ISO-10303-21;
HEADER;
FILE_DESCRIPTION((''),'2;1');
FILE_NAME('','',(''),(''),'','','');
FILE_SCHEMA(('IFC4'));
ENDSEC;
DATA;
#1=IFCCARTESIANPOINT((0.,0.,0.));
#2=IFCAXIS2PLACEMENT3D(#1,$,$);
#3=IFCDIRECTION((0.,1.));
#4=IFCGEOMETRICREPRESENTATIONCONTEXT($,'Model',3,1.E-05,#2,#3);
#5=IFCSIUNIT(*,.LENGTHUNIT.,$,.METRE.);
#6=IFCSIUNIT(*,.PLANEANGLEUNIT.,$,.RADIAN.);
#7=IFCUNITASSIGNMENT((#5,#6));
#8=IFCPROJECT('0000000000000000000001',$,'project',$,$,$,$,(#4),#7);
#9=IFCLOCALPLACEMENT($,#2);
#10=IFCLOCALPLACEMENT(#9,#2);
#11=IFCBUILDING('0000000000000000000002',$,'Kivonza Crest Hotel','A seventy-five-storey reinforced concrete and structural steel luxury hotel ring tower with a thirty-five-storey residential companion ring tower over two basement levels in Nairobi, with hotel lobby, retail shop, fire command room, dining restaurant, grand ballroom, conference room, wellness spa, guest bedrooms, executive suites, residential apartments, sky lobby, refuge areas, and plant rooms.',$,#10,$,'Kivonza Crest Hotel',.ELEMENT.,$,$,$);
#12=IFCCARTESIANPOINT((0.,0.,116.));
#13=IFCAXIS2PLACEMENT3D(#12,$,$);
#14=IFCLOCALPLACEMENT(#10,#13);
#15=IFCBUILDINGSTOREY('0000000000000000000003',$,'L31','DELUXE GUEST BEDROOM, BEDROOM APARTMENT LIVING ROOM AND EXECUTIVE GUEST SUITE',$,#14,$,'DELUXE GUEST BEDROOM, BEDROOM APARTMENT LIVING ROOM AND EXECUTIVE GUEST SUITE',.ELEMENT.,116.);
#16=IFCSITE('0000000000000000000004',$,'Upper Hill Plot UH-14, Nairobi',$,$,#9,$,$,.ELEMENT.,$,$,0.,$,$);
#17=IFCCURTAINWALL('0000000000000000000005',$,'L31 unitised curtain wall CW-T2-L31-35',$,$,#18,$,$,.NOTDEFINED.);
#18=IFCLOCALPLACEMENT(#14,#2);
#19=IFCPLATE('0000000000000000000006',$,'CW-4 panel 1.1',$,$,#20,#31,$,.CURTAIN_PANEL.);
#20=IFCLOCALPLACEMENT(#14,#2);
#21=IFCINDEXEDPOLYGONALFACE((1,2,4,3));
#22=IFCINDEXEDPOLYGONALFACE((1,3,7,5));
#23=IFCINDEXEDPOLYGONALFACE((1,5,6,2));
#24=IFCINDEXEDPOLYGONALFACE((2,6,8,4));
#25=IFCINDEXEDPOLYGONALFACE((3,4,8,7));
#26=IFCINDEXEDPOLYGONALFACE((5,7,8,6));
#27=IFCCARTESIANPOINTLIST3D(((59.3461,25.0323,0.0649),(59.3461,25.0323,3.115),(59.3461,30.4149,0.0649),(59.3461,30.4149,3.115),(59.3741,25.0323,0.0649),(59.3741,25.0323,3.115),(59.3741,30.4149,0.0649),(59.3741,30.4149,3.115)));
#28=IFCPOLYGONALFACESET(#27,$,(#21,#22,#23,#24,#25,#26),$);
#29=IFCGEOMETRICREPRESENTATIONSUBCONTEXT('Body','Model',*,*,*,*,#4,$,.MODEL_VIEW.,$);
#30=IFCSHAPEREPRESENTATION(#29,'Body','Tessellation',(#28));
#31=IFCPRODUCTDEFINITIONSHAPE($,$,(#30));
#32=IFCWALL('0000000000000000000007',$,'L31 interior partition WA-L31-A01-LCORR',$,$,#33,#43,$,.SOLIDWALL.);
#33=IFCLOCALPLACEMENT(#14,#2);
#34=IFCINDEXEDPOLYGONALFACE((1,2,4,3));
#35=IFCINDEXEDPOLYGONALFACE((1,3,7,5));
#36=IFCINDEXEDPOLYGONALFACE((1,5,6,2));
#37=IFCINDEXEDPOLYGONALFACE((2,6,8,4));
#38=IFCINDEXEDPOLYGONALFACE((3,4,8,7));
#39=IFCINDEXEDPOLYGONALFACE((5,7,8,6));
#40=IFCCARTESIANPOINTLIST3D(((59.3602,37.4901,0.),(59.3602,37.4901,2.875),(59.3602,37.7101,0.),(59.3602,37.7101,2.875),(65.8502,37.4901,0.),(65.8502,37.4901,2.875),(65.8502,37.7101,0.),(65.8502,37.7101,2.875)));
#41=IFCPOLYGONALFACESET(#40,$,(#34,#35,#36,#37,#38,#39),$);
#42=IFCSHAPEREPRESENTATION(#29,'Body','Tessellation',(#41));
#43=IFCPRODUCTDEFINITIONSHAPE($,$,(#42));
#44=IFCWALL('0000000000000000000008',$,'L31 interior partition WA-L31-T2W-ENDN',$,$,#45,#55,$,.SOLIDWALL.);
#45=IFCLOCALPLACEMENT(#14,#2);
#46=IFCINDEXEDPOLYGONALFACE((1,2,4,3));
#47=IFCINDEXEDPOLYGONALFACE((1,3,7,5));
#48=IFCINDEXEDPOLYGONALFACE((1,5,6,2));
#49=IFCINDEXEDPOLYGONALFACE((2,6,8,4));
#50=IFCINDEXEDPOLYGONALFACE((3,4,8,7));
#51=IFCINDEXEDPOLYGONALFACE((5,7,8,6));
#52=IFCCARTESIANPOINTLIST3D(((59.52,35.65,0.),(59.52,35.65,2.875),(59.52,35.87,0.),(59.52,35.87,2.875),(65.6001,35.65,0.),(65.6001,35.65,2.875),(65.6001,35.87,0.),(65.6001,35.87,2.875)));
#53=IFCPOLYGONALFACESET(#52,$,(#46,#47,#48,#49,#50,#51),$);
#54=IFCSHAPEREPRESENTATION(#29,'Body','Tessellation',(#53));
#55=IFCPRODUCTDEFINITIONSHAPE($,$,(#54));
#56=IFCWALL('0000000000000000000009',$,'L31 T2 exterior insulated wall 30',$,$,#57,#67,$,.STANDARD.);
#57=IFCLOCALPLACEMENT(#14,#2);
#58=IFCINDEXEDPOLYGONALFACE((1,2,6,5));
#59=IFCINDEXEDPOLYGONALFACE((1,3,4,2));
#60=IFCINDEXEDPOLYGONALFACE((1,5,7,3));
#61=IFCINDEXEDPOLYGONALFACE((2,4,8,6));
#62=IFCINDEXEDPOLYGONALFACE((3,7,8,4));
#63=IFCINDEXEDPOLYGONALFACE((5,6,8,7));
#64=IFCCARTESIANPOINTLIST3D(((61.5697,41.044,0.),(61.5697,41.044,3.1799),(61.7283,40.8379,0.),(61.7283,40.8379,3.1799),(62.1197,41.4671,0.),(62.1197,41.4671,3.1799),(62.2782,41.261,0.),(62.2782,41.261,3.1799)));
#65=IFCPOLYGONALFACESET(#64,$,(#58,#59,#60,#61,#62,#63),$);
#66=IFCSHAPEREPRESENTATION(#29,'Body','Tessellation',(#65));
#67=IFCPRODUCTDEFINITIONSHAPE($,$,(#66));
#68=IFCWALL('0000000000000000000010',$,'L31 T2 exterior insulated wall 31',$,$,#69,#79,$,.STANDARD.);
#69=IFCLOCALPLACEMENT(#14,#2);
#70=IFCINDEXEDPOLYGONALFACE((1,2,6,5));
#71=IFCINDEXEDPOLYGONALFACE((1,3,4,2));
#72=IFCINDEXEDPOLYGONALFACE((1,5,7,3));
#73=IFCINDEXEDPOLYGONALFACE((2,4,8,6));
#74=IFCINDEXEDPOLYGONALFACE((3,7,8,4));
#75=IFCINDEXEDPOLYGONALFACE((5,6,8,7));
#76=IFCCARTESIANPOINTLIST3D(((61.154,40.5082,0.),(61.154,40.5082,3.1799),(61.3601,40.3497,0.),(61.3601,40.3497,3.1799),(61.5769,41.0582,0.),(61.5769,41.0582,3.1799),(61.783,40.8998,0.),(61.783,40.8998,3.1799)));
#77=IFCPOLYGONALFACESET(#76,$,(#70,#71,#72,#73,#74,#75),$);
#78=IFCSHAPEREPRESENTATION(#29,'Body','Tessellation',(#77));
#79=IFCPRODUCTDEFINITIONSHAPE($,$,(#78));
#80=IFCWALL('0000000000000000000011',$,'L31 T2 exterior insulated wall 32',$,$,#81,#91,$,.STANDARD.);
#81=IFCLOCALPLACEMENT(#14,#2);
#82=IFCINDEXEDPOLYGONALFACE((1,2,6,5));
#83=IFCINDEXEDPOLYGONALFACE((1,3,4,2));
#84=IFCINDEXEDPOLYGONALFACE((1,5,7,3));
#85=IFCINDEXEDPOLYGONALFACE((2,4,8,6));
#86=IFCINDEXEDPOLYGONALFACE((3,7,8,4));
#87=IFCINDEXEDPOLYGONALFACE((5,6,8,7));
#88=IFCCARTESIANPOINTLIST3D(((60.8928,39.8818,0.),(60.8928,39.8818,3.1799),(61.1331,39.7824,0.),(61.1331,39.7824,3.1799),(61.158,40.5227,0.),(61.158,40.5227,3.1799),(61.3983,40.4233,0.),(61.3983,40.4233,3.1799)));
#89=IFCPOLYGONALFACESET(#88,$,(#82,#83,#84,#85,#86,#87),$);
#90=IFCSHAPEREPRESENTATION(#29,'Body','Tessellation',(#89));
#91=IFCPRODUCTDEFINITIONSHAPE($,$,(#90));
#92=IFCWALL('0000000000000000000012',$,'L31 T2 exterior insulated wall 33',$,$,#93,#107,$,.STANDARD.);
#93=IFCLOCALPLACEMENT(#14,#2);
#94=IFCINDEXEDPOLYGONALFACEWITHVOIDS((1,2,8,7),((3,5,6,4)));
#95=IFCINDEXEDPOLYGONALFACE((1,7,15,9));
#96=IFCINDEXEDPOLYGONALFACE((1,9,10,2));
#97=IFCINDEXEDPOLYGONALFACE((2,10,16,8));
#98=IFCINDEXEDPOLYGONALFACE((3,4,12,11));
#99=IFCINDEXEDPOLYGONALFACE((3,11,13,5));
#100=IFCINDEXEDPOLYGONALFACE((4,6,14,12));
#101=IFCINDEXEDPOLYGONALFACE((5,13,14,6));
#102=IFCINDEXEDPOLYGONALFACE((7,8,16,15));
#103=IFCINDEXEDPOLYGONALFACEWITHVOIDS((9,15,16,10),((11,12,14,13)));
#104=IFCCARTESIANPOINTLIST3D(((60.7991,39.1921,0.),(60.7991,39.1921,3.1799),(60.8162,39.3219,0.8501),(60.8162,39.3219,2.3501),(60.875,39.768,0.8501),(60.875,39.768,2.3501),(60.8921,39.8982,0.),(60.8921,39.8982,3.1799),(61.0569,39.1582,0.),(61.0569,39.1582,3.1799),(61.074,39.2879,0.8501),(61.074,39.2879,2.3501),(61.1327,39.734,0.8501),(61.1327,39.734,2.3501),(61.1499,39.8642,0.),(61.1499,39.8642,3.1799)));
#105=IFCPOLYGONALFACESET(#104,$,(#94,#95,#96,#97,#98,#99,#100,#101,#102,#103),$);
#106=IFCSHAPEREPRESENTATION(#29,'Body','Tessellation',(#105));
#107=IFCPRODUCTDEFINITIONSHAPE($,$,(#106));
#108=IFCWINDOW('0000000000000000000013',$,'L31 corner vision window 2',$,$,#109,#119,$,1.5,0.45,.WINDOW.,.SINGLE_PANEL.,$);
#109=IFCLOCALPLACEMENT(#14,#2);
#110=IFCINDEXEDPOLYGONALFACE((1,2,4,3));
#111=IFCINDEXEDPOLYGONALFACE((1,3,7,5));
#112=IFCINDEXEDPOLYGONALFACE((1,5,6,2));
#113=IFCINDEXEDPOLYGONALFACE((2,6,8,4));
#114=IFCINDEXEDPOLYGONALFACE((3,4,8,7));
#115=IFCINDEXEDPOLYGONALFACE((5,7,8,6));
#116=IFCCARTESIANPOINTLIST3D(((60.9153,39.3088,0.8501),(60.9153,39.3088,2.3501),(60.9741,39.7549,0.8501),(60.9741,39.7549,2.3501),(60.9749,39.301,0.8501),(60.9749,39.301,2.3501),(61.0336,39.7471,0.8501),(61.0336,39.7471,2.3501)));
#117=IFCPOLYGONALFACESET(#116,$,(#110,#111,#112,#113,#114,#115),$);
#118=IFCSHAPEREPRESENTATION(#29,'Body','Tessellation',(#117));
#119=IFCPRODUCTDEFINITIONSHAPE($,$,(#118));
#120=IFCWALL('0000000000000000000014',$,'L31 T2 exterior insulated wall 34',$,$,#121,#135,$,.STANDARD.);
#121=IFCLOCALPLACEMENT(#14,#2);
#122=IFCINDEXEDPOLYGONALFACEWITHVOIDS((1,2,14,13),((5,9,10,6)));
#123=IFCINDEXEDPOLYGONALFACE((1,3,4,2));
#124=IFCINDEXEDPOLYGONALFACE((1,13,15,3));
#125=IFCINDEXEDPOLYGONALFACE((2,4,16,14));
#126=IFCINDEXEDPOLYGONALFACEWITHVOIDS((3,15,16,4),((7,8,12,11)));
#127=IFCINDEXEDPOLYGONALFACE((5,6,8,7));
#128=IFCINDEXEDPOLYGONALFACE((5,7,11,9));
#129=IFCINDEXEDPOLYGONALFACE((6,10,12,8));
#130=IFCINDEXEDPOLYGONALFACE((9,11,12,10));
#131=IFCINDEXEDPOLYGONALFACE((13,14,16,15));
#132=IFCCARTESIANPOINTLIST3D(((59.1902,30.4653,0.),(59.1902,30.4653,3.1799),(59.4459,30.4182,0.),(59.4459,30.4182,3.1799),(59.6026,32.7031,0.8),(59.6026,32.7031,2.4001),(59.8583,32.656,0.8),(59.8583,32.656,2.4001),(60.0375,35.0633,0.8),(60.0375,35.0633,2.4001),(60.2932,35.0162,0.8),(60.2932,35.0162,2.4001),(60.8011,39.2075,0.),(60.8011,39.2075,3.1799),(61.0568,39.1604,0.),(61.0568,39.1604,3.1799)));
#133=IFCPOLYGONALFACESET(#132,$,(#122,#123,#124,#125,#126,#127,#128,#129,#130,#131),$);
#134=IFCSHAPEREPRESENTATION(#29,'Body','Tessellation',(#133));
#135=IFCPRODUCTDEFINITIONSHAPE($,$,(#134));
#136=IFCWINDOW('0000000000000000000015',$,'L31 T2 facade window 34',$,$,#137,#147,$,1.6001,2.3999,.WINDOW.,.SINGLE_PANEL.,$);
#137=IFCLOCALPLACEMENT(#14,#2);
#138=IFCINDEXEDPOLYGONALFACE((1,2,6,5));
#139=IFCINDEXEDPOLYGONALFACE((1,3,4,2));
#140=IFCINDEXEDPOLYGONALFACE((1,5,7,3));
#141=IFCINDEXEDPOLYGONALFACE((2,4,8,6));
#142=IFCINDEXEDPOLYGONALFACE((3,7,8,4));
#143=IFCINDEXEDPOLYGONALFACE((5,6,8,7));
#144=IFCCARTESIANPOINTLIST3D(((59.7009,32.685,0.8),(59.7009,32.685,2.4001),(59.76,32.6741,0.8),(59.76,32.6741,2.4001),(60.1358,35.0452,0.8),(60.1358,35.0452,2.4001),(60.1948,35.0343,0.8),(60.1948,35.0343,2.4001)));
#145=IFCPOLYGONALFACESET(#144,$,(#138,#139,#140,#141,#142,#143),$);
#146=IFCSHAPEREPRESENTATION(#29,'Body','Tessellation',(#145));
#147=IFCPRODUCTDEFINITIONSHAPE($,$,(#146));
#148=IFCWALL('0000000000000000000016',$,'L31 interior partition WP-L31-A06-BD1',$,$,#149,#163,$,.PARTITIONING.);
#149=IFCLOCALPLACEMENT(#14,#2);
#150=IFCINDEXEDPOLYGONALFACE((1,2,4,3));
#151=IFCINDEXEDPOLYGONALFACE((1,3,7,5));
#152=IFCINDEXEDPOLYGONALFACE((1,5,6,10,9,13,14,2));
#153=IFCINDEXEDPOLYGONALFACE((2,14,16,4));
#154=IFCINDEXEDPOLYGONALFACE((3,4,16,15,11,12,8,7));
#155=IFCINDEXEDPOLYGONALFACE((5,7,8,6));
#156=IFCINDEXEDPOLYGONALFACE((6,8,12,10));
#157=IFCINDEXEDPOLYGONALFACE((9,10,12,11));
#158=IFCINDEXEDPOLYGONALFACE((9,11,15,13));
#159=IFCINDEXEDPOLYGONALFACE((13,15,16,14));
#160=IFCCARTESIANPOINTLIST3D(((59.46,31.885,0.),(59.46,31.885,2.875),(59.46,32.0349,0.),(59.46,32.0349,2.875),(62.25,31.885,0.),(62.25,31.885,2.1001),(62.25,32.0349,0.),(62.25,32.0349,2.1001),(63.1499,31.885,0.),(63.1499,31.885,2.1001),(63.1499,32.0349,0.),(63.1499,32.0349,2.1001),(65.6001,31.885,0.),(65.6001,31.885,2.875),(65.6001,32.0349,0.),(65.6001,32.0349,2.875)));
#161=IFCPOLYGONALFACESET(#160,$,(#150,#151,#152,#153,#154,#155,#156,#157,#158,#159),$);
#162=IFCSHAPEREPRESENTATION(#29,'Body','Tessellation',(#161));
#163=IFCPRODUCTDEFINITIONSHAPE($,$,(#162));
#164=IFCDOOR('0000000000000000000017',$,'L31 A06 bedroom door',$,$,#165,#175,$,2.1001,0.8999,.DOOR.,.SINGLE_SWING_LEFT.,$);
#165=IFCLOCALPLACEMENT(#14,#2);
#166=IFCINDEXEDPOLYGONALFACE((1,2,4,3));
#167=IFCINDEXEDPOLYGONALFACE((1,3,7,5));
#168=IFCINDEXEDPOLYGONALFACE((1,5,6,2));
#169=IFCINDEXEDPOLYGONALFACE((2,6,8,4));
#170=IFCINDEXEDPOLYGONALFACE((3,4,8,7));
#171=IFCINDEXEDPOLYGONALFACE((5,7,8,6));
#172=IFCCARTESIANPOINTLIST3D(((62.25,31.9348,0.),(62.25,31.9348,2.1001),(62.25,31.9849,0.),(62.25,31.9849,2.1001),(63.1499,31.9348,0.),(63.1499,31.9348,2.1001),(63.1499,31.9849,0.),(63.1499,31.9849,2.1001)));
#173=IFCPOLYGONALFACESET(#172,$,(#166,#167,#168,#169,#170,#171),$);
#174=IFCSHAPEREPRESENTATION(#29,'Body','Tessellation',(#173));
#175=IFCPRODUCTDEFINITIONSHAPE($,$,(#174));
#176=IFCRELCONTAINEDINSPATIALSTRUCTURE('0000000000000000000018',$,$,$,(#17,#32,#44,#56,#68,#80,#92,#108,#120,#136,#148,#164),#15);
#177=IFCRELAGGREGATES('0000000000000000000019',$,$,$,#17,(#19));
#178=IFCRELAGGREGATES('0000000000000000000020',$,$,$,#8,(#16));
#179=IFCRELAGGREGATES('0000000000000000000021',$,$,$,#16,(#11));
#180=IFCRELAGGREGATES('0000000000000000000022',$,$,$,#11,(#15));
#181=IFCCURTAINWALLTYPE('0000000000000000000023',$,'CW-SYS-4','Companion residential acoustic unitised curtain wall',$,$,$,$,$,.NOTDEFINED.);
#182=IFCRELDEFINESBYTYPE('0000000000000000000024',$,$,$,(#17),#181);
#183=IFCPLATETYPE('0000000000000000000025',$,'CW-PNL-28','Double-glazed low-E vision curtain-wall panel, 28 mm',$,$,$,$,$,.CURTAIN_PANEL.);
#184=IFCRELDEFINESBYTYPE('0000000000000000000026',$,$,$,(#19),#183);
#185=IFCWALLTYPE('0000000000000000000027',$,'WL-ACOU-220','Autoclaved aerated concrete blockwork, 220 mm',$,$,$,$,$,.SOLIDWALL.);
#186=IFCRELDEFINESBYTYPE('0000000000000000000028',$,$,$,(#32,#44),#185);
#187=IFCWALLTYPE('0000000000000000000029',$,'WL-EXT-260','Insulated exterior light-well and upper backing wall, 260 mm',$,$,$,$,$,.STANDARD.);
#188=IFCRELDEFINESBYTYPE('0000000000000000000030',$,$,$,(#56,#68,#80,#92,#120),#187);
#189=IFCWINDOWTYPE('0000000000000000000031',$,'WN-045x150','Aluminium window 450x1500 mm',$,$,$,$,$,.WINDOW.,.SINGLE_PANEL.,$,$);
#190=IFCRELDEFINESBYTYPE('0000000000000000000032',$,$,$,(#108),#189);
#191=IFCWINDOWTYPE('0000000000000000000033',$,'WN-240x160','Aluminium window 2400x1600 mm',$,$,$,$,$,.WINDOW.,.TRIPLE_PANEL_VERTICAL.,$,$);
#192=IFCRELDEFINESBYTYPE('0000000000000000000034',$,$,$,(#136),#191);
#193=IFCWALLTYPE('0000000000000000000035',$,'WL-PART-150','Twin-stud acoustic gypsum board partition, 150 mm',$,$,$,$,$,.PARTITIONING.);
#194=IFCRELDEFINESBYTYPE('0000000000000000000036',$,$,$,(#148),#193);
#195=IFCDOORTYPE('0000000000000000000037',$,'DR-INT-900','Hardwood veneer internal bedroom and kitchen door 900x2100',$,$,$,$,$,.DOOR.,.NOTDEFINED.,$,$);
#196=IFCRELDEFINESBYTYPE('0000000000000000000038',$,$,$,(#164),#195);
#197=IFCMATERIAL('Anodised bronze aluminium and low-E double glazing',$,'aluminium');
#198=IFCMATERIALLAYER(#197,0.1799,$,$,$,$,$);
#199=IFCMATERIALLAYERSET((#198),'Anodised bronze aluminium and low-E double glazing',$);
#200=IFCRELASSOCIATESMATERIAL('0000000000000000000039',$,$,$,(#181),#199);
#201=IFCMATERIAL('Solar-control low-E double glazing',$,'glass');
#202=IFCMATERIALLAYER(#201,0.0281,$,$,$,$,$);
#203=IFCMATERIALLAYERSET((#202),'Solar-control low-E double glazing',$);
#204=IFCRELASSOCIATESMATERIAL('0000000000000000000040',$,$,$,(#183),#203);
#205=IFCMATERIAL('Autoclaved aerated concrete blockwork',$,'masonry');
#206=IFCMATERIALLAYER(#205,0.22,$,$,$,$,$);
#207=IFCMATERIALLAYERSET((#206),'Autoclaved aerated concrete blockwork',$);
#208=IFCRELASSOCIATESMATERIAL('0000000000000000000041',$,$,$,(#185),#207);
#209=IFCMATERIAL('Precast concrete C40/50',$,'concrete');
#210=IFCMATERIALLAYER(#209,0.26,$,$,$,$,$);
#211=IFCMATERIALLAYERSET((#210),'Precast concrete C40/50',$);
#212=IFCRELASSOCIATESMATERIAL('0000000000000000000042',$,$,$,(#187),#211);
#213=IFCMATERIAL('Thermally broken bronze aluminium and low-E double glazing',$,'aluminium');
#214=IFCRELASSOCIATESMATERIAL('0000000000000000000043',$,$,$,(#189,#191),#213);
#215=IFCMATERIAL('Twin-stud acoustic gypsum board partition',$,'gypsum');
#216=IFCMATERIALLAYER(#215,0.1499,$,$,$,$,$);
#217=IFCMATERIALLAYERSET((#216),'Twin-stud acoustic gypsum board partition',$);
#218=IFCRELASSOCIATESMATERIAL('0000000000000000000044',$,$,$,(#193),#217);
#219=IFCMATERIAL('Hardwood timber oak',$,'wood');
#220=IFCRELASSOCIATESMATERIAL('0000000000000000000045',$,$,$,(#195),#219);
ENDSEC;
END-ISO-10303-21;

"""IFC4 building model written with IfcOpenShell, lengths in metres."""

from ifc_helpers import new_model, si_unit, direction, frame, frame_2d, origin, origin_2d, place, context, subcontext, project, spatial, rectangle, extrude, material, layer, layer_set, type_object, element, fill, aggregate, save


model = new_model("IFC4")

# Units and contexts
model_context = context("Model", 3, precision=1e-05, world=origin(), true_north=direction((0.0, 1.0)))
body_context = subcontext(model_context, "Body", "Model", "MODEL_VIEW")
ifc_project = project(units=[si_unit("LENGTHUNIT", "METRE"), si_unit("PLANEANGLEUNIT", "RADIAN")], contexts=[model_context])

# Site, building, storey
site_placement = place(None, origin())
site = spatial("IfcSite", under=ifc_project, at=site_placement, Name="Upper Hill Plot UH-14, Nairobi", CompositionType="ELEMENT", RefElevation=0.0)
building_placement = place(site_placement, origin())
building = spatial("IfcBuilding", under=site, at=building_placement, Name="Kivonza Crest Hotel", Description="A seventy-five-storey reinforced concrete and structural steel luxury hotel ring tower with a thirty-five-storey residential companion ring tower over two basement levels in Nairobi, with hotel lobby, retail shop, fire command room, dining restaurant, grand ballroom, conference room, wellness spa, guest bedrooms, executive suites, residential apartments, sky lobby, refuge areas, and plant rooms.", LongName="Kivonza Crest Hotel", CompositionType="ELEMENT")
storey_placement = place(building_placement, frame((0.0, 0.0, 116.0)))
storey = spatial("IfcBuildingStorey", under=building, at=storey_placement, Name="L31", Description="DELUXE GUEST BEDROOM, BEDROOM APARTMENT LIVING ROOM AND EXECUTIVE GUEST SUITE", LongName="DELUXE GUEST BEDROOM, BEDROOM APARTMENT LIVING ROOM AND EXECUTIVE GUEST SUITE", CompositionType="ELEMENT", Elevation=116.0)

# Curtain wall, plate
ifc_material_1 = material(Name="Anodised bronze aluminium and low-E double glazing", Category="aluminium")
ifc_layer_1 = layer(ifc_material_1, 0.1799)
ifc_layer_set_1 = layer_set([ifc_layer_1], Name="Anodised bronze aluminium and low-E double glazing")
curtain_wall_type = type_object("IfcCurtainWallType", Name="CW-SYS-4", Description="Companion residential acoustic unitised curtain wall", PredefinedType="NOTDEFINED", material=ifc_layer_set_1)
curtain_wall_placement = place(storey_placement, origin())
curtain_wall = element("IfcCurtainWall", 1, at=curtain_wall_placement, inside=storey, type_object=curtain_wall_type, Name="L31 unitised curtain wall CW-T2-L31-35", PredefinedType="NOTDEFINED")
ifc_material_2 = material(Name="Solar-control low-E double glazing", Category="glass")
ifc_layer_2 = layer(ifc_material_2, 0.0281)
ifc_layer_set_2 = layer_set([ifc_layer_2], Name="Solar-control low-E double glazing")
plate_type = type_object("IfcPlateType", Name="CW-PNL-28", Description="Double-glazed low-E vision curtain-wall panel, 28 mm", PredefinedType="CURTAIN_PANEL", material=ifc_layer_set_2)
plate_placement = place(storey_placement, frame((59.3601, 27.7236, 0.0649), z_axis=(0.0, 0.0, 1.0), x_axis=(0.0, -1.0, 0.0)))
plate = element("IfcPlate", 2, at=plate_placement, type_object=plate_type, Name="CW-4 panel 1.1", PredefinedType="CURTAIN_PANEL", context=body_context, shape_type="SweptSolid", body=[
    extrude(rectangle(XDim=5.3826, YDim=0.0281, at=origin_2d()), origin(), (0.0, 0.0, 1.0), 3.05),
])
aggregate(curtain_wall, [plate])

# Walls
ifc_material_3 = material(Name="Autoclaved aerated concrete blockwork", Category="masonry")
ifc_layer_3 = layer(ifc_material_3, 0.22)
ifc_layer_set_3 = layer_set([ifc_layer_3], Name="Autoclaved aerated concrete blockwork")
wall_type_1 = type_object("IfcWallType", Name="WL-ACOU-220", Description="Autoclaved aerated concrete blockwork, 220 mm", PredefinedType="SOLIDWALL", material=ifc_layer_set_3)
wall_1_placement = place(storey_placement, frame((59.3601, 37.6001, 0.0), z_axis=(0.0, 0.0, 1.0), x_axis=(1.0, 0.0, 0.0)))
element("IfcWall", 3, at=wall_1_placement, inside=storey, type_object=wall_type_1, Name="L31 interior partition WA-L31-A01-LCORR", PredefinedType="SOLIDWALL", context=body_context, shape_type="SweptSolid", body=[
    extrude(rectangle(XDim=6.49, YDim=0.22, at=frame_2d((3.2451, 0.0))), origin(), (0.0, 0.0, 1.0), 2.875),
])
wall_2_placement = place(storey_placement, frame((59.52, 35.76, 0.0), z_axis=(0.0, 0.0, 1.0), x_axis=(1.0, 0.0, 0.0)))
element("IfcWall", 4, at=wall_2_placement, inside=storey, type_object=wall_type_1, Name="L31 interior partition WA-L31-T2W-ENDN", PredefinedType="SOLIDWALL", context=body_context, shape_type="SweptSolid", body=[
    extrude(rectangle(XDim=6.0801, YDim=0.22, at=frame_2d((3.04, 0.0))), origin(), (0.0, 0.0, 1.0), 2.875),
])
ifc_material_4 = material(Name="Precast concrete C40/50", Category="concrete")
ifc_layer_4 = layer(ifc_material_4, 0.26)
ifc_layer_set_4 = layer_set([ifc_layer_4], Name="Precast concrete C40/50")
wall_type_2 = type_object("IfcWallType", Name="WL-EXT-260", Description="Insulated exterior light-well and upper backing wall, 260 mm", PredefinedType="STANDARD", material=ifc_layer_set_4)
for number, where, z_axis, x_axis, name in (
    (5, (62.199, 41.364, 0.0), (0.0, 0.0, 1.0), (-0.792637, -0.609694, 0.0), "L31 T2 exterior insulated wall 30"),
    (6, (61.6799, 40.979, 0.0), (0.0, 0.0, 1.0), (-0.609473, -0.792807, 0.0), "L31 T2 exterior insulated wall 31"),
):
    element("IfcWall", number, at=place(storey_placement, frame(where, z_axis=z_axis, x_axis=x_axis)), inside=storey, type_object=wall_type_2, Name=name, PredefinedType="STANDARD", context=body_context, shape_type="SweptSolid", body=[
        extrude(rectangle(XDim=0.6938, YDim=0.26, at=frame_2d((0.3469, 0.0))), origin(), (0.0, 0.0, 1.0), 3.1799),
    ])
wall_3_placement = place(storey_placement, frame((61.2781, 40.4729, 0.0), z_axis=(0.0, 0.0, 1.0), x_axis=(-0.38229, -0.924043, 0.0)))
element("IfcWall", 7, at=wall_3_placement, inside=storey, type_object=wall_type_2, Name="L31 T2 exterior insulated wall 32", PredefinedType="STANDARD", context=body_context, shape_type="SweptSolid", body=[
    extrude(rectangle(XDim=0.6936, YDim=0.26, at=frame_2d((0.3467, 0.0))), origin(), (0.0, 0.0, 1.0), 3.1799),
])

# Walls, openings, windows
wall_4_placement = place(storey_placement, frame((61.021, 39.8811, 0.0), z_axis=(0.0, 0.0, 1.0), x_axis=(-0.130614, -0.991433, 0.0)))
wall_4 = element("IfcWall", 8, at=wall_4_placement, inside=storey, type_object=wall_type_2, Name="L31 T2 exterior insulated wall 33", PredefinedType="STANDARD", context=body_context, shape_type="SweptSolid", body=[
    extrude(rectangle(XDim=0.7122, YDim=0.26, at=frame_2d((0.356, 0.0))), origin(), (0.0, 0.0, 1.0), 3.1799),
])
opening_1_placement = place(wall_4_placement, frame((0.1311, 0.0, 0.8501)))
opening_1 = element("IfcOpeningElement", 9, at=opening_1_placement, cuts=wall_4, PredefinedType="OPENING", context=body_context, shape_type="SweptSolid", body=[
    extrude(rectangle(XDim=0.45, YDim=1.5, at=frame_2d((0.2251, 0.75))), frame((0.0, 0.1401, 0.0), z_axis=(0.0, -1.0, 0.0), x_axis=(1.0, 0.0, 0.0)), (0.0, 0.0, 1.0), 0.28),
])
ifc_material_5 = material(Name="Thermally broken bronze aluminium and low-E double glazing", Category="aluminium")
window_type_1 = type_object("IfcWindowType", Name="WN-045x150", Description="Aluminium window 450x1500 mm", PartitioningType="SINGLE_PANEL", PredefinedType="WINDOW", material=ifc_material_5)
window_1_placement = place(opening_1_placement, origin())
window_1 = element("IfcWindow", 10, at=window_1_placement, inside=storey, type_object=window_type_1, Name="L31 corner vision window 2", OverallHeight=1.5, OverallWidth=0.45, PartitioningType="SINGLE_PANEL", PredefinedType="WINDOW", context=body_context, shape_type="SweptSolid", body=[
    extrude(rectangle(XDim=0.45, YDim=1.5, at=frame_2d((0.2251, 0.75))), frame((0.0, 0.03, 0.0), z_axis=(0.0, -1.0, 0.0), x_axis=(1.0, 0.0, 0.0)), (0.0, 0.0, 1.0), 0.0601),
])
fill(opening_1, window_1)
wall_5_placement = place(storey_placement, frame((60.929, 39.1841, 0.0), z_axis=(0.0, 0.0, 1.0), x_axis=(-0.18121, -0.983444, 0.0)))
wall_5 = element("IfcWall", 11, at=wall_5_placement, inside=storey, type_object=wall_type_2, Name="L31 T2 exterior insulated wall 34", PredefinedType="STANDARD", context=body_context, shape_type="SweptSolid", body=[
    extrude(rectangle(XDim=8.8894, YDim=0.26, at=frame_2d((4.4448, 0.0))), origin(), (0.0, 0.0, 1.0), 3.1799),
])
opening_2_placement = place(wall_5_placement, frame((4.2141, 0.0, 0.8)))
opening_2 = element("IfcOpeningElement", 12, at=opening_2_placement, cuts=wall_5, PredefinedType="OPENING", context=body_context, shape_type="SweptSolid", body=[
    extrude(rectangle(XDim=2.3999, YDim=1.6001, at=frame_2d((1.2, 0.8))), frame((0.0, 0.1401, 0.0), z_axis=(0.0, -1.0, 0.0), x_axis=(1.0, 0.0, 0.0)), (0.0, 0.0, 1.0), 0.28),
])
window_type_2 = type_object("IfcWindowType", Name="WN-240x160", Description="Aluminium window 2400x1600 mm", PartitioningType="TRIPLE_PANEL_VERTICAL", PredefinedType="WINDOW", material=ifc_material_5)
window_2_placement = place(opening_2_placement, origin())
window_2 = element("IfcWindow", 13, at=window_2_placement, inside=storey, type_object=window_type_2, Name="L31 T2 facade window 34", OverallHeight=1.6001, OverallWidth=2.3999, PartitioningType="SINGLE_PANEL", PredefinedType="WINDOW", context=body_context, shape_type="SweptSolid", body=[
    extrude(rectangle(XDim=2.3999, YDim=1.6001, at=frame_2d((1.2, 0.8))), frame((0.0, 0.03, 0.0), z_axis=(0.0, -1.0, 0.0), x_axis=(1.0, 0.0, 0.0)), (0.0, 0.0, 1.0), 0.0601),
])
fill(opening_2, window_2)

# Wall, opening, door
ifc_material_6 = material(Name="Twin-stud acoustic gypsum board partition", Category="gypsum")
ifc_layer_5 = layer(ifc_material_6, 0.1499)
ifc_layer_set_5 = layer_set([ifc_layer_5], Name="Twin-stud acoustic gypsum board partition")
wall_type_3 = type_object("IfcWallType", Name="WL-PART-150", Description="Twin-stud acoustic gypsum board partition, 150 mm", PredefinedType="PARTITIONING", material=ifc_layer_set_5)
wall_6_placement = place(storey_placement, frame((59.46, 31.96, 0.0), z_axis=(0.0, 0.0, 1.0), x_axis=(1.0, 0.0, 0.0)))
wall_6 = element("IfcWall", 14, at=wall_6_placement, inside=storey, type_object=wall_type_3, Name="L31 interior partition WP-L31-A06-BD1", PredefinedType="PARTITIONING", context=body_context, shape_type="SweptSolid", body=[
    extrude(rectangle(XDim=6.1401, YDim=0.1499, at=frame_2d((3.0701, 0.0))), origin(), (0.0, 0.0, 1.0), 2.875),
])
opening_3_placement = place(wall_6_placement, frame((2.79, 0.0, 0.0)))
opening_3 = element("IfcOpeningElement", 15, at=opening_3_placement, cuts=wall_6, PredefinedType="OPENING", context=body_context, shape_type="SweptSolid", body=[
    extrude(rectangle(XDim=0.8999, YDim=2.1001, at=frame_2d((0.45, 1.05))), frame((0.0, 0.085, 0.0), z_axis=(0.0, -1.0, 0.0), x_axis=(1.0, 0.0, 0.0)), (0.0, 0.0, 1.0), 0.1699),
])
ifc_material_7 = material(Name="Hardwood timber oak", Category="wood")
door_type = type_object("IfcDoorType", Name="DR-INT-900", Description="Hardwood veneer internal bedroom and kitchen door 900x2100", OperationType="NOTDEFINED", PredefinedType="DOOR", material=ifc_material_7)
door_placement = place(opening_3_placement, origin())
door = element("IfcDoor", 16, at=door_placement, inside=storey, type_object=door_type, Name="L31 A06 bedroom door", OperationType="SINGLE_SWING_LEFT", OverallHeight=2.1001, OverallWidth=0.8999, PredefinedType="DOOR", context=body_context, shape_type="SweptSolid", body=[
    extrude(rectangle(XDim=0.8999, YDim=2.1001, at=frame_2d((0.45, 1.05))), frame((0.0, 0.0249, 0.0), z_axis=(0.0, -1.0, 0.0), x_axis=(1.0, 0.0, 0.0)), (0.0, 0.0, 1.0), 0.05),
])
fill(opening_3, door)

save(model, "model.ifc")
